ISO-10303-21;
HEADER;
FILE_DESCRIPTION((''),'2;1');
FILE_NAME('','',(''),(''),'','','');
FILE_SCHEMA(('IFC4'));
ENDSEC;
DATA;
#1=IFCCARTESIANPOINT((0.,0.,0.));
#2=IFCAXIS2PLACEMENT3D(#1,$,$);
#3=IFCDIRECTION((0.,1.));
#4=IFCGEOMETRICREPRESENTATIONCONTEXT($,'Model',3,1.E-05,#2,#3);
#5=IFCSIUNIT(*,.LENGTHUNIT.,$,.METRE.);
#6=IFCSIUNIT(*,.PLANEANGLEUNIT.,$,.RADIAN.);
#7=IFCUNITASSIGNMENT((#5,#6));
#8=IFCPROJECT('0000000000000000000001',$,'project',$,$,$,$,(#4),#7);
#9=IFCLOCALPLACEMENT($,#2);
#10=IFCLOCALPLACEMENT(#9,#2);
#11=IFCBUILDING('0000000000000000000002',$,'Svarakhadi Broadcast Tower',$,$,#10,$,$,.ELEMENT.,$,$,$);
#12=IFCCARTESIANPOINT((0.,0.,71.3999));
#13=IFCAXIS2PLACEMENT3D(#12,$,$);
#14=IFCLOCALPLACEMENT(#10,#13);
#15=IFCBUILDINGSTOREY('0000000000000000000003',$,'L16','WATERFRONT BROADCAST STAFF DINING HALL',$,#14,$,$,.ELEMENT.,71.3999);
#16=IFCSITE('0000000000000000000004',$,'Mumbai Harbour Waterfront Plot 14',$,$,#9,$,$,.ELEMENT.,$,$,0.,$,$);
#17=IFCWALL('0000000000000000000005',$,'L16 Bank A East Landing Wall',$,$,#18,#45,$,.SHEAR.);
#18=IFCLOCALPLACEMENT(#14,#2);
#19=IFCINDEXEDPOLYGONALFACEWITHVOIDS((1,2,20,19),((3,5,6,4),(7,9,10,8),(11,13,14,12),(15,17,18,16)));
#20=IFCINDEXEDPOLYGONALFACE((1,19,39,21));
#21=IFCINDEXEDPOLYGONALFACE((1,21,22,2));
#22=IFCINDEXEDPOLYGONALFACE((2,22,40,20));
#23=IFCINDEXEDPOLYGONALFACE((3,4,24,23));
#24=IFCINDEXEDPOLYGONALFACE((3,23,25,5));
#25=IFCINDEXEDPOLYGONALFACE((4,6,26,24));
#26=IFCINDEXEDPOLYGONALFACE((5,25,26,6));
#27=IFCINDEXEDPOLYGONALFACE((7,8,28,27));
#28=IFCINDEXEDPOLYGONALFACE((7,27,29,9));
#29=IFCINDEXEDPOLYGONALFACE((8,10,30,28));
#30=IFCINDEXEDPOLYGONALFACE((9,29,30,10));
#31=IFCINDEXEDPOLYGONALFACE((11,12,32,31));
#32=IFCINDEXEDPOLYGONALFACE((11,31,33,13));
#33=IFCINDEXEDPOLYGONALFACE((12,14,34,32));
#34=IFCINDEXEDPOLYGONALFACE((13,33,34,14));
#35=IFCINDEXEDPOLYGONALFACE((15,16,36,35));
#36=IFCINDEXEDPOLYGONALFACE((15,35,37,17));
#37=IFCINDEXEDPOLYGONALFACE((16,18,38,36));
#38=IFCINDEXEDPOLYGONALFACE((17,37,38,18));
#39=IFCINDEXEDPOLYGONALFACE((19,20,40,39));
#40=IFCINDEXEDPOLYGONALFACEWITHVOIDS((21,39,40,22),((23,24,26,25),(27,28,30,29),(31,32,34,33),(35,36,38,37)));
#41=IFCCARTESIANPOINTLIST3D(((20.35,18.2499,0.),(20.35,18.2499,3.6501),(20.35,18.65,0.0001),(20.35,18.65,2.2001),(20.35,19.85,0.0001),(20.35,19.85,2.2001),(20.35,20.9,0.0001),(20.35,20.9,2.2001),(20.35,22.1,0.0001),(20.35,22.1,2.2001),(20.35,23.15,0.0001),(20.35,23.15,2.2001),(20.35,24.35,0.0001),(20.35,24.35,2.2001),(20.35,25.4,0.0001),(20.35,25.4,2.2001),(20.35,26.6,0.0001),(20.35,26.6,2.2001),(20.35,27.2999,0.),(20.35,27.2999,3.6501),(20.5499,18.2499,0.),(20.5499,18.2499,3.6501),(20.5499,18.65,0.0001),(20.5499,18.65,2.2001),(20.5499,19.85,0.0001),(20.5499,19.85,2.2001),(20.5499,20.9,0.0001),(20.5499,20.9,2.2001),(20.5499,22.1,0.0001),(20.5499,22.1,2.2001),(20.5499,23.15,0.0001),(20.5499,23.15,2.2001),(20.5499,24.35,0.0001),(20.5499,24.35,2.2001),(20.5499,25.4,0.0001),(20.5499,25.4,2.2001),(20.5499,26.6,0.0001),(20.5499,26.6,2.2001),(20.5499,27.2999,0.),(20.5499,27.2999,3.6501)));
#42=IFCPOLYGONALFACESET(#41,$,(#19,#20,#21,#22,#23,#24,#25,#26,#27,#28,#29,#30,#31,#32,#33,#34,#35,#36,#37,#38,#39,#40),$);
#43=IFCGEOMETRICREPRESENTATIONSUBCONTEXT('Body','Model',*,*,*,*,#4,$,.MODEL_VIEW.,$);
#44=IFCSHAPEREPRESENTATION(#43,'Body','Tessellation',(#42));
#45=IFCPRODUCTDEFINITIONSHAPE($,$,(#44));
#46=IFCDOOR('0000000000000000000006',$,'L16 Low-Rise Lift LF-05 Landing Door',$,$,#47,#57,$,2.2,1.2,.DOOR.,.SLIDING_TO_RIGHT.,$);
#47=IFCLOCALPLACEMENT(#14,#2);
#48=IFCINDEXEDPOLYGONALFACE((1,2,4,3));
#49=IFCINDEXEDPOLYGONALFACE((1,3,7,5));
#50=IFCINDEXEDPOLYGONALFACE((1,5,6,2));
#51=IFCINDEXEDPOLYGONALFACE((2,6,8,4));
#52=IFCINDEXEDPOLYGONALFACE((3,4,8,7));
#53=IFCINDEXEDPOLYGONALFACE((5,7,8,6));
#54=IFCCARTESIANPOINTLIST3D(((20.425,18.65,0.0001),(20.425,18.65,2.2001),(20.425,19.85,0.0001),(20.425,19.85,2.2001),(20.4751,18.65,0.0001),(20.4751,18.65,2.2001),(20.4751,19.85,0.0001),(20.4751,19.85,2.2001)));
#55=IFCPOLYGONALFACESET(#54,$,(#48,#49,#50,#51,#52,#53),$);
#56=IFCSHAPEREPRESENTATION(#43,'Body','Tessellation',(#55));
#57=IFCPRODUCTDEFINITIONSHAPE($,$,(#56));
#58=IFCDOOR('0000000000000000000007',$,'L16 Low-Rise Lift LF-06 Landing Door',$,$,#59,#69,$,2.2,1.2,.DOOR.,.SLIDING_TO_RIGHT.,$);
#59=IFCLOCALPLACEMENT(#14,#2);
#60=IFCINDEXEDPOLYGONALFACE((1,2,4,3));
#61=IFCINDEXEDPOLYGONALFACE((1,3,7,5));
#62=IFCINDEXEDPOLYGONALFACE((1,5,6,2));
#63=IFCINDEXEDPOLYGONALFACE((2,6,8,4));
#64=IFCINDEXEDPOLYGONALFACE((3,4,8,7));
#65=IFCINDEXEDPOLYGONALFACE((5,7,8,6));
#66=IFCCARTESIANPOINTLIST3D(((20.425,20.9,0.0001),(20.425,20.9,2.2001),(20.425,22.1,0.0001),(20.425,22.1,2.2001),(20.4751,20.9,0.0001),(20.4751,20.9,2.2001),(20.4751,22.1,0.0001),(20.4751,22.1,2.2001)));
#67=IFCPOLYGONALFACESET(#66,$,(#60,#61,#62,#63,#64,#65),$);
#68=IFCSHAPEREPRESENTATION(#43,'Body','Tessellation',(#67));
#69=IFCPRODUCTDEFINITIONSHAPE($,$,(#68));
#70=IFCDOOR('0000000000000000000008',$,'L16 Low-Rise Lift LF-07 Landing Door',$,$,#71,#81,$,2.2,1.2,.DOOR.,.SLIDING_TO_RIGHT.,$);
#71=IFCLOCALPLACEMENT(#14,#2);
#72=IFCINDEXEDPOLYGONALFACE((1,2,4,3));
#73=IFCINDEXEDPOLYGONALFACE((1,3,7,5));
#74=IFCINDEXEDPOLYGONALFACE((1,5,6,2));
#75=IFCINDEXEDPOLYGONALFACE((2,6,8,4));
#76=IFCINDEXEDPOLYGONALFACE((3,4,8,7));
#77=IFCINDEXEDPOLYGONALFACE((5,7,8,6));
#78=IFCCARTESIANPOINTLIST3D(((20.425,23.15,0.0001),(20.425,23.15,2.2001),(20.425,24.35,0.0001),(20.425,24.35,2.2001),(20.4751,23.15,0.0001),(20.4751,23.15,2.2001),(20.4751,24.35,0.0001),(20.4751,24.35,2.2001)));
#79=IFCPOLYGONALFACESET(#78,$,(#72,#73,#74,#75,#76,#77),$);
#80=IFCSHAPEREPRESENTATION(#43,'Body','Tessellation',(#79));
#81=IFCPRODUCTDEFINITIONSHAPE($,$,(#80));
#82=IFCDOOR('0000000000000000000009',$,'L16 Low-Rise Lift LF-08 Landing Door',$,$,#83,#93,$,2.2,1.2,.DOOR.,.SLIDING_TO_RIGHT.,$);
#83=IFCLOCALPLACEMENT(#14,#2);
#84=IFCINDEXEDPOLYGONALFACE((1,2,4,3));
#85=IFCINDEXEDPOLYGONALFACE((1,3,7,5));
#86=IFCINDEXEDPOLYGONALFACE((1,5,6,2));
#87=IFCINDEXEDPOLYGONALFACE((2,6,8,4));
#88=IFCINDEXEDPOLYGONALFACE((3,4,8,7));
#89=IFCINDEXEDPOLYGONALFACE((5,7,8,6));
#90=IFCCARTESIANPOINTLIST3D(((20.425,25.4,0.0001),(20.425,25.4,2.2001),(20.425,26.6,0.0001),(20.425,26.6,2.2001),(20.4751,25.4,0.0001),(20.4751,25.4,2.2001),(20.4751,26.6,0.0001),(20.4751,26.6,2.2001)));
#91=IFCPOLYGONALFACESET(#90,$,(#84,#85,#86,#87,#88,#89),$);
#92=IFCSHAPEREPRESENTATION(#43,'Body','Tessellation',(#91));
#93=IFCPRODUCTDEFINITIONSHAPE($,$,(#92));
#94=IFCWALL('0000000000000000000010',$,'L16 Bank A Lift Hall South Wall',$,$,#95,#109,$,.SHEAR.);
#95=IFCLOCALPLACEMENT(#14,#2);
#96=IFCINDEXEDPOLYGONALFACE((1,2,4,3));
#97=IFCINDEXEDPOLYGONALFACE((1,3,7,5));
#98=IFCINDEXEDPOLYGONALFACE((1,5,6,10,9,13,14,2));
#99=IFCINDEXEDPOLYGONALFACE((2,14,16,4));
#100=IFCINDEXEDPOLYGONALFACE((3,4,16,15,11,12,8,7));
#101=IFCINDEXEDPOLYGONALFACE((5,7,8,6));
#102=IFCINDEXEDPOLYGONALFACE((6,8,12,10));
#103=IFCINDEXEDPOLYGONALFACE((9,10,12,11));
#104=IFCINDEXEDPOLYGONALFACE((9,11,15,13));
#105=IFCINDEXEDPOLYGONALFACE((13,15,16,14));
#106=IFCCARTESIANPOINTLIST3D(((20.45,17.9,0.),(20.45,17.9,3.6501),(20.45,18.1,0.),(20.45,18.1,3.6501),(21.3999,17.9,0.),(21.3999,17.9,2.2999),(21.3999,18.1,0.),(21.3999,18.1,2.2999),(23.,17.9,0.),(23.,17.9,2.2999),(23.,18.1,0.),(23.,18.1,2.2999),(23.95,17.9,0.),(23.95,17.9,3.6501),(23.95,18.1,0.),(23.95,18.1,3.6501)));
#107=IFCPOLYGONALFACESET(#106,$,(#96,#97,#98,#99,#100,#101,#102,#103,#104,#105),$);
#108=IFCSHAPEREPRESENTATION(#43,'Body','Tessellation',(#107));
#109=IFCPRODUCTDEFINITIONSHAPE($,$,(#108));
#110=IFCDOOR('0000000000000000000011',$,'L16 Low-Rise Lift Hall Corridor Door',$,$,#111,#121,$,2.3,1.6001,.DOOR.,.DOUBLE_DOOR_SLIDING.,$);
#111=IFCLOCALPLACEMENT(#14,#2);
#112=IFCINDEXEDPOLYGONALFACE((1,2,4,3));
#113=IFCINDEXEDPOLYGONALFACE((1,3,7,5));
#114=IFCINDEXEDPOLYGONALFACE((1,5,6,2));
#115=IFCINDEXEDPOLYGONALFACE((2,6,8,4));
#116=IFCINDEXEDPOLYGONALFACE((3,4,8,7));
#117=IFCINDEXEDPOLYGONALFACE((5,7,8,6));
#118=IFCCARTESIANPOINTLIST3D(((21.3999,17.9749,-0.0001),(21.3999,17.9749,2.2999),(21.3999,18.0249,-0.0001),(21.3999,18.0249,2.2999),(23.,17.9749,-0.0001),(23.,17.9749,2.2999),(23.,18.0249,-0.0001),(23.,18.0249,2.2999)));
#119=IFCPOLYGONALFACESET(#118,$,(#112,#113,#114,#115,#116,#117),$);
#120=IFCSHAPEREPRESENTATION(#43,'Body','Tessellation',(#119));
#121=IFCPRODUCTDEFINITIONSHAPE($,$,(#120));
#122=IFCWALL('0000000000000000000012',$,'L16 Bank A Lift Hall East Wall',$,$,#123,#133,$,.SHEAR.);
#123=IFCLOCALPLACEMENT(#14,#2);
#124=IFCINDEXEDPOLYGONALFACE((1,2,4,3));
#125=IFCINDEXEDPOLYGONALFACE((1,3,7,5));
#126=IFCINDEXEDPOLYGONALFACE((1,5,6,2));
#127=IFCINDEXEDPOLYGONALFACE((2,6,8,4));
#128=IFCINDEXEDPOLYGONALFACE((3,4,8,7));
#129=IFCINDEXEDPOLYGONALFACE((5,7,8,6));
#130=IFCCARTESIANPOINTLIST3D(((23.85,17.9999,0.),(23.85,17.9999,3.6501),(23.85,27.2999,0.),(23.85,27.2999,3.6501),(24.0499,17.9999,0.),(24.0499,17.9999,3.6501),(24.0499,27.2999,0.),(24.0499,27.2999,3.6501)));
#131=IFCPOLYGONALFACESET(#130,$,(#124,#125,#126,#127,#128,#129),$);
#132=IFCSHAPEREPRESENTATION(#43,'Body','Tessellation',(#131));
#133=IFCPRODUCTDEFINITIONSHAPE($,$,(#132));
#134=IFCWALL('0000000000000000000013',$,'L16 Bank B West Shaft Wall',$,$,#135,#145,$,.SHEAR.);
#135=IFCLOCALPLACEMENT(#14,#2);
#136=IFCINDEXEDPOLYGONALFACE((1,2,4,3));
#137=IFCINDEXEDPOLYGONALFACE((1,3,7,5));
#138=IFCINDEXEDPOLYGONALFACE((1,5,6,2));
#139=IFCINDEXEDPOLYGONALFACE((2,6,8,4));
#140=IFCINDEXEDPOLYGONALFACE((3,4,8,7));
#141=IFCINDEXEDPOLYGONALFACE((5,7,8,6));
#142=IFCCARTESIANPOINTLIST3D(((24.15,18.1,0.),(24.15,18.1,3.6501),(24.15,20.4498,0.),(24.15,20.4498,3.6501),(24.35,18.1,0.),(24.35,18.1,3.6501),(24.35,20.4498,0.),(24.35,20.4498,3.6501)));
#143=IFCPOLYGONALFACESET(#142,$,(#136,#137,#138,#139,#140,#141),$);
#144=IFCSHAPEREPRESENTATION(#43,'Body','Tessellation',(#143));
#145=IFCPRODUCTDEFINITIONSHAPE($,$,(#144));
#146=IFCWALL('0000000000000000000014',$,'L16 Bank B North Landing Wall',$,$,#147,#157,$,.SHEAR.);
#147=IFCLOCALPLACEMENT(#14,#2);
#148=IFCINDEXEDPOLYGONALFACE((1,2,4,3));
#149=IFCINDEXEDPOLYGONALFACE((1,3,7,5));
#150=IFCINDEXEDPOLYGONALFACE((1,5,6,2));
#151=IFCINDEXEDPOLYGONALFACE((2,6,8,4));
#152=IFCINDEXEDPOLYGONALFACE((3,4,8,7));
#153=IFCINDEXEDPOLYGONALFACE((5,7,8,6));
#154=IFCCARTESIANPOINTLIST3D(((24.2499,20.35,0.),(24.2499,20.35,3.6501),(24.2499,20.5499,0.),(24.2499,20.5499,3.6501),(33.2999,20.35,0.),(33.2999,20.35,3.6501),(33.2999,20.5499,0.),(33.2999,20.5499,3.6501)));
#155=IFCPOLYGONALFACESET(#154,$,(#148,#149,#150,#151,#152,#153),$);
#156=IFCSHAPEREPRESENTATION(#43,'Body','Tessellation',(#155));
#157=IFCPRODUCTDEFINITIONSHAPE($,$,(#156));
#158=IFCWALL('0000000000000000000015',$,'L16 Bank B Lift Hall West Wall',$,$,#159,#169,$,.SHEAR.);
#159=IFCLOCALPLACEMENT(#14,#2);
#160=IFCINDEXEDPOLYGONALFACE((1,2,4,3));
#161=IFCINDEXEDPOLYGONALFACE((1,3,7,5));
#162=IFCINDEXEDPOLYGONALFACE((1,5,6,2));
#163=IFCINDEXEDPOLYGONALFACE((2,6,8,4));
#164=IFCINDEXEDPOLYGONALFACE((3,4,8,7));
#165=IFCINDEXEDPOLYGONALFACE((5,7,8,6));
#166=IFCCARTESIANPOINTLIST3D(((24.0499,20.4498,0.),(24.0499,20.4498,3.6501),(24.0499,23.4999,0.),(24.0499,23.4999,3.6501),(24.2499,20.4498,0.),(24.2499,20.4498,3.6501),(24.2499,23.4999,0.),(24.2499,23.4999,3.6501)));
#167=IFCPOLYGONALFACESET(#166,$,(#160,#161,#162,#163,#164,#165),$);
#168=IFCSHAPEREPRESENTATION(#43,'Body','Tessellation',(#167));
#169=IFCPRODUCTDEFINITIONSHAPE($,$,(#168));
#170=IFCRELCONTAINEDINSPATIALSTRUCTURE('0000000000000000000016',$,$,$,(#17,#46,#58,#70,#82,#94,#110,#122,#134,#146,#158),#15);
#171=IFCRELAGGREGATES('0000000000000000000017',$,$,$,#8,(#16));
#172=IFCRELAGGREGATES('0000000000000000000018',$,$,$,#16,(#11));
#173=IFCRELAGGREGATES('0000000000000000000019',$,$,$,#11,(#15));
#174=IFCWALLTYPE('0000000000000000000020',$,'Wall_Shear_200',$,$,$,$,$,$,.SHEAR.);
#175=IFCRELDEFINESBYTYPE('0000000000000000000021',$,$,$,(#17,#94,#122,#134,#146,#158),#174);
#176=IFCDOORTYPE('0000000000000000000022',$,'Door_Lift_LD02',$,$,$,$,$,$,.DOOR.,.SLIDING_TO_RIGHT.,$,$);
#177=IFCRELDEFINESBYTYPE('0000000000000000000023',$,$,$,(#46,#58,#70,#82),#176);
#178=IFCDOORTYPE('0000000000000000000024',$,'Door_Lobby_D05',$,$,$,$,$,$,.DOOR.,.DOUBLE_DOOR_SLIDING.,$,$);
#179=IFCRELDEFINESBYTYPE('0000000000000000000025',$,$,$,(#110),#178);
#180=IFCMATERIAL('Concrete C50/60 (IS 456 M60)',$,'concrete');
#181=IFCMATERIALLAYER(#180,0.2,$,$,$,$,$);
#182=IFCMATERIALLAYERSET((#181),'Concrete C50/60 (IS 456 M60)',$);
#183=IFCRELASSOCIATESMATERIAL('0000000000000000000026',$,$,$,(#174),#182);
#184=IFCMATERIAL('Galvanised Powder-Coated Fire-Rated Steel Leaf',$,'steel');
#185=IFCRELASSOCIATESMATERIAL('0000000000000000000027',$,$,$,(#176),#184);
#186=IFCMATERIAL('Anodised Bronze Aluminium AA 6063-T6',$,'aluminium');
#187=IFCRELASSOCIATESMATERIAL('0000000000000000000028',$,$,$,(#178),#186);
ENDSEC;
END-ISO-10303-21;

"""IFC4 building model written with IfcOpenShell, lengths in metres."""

from ifc_helpers import new_model, si_unit, direction, frame, frame_2d, origin, place, context, subcontext, project, spatial, rectangle, extrude, material, layer, layer_set, type_object, element, fill, save


model = new_model("IFC4")

# Units and contexts
model_context = context("Model", 3, precision=1e-05, world=origin(), true_north=direction((0.0, 1.0)))
body_context = subcontext(model_context, "Body", "Model", "MODEL_VIEW")
ifc_project = project(units=[si_unit("LENGTHUNIT", "METRE"), si_unit("PLANEANGLEUNIT", "RADIAN")], contexts=[model_context])

# Site, building, storey
site_placement = place(None, origin())
site = spatial("IfcSite", under=ifc_project, at=site_placement, Name="Mumbai Harbour Waterfront Plot 14", CompositionType="ELEMENT", RefElevation=0.0)
building_placement = place(site_placement, origin())
building = spatial("IfcBuilding", under=site, at=building_placement, Name="Svarakhadi Broadcast Tower", CompositionType="ELEMENT")
storey_placement = place(building_placement, frame((0.0, 0.0, 71.3999)))
storey = spatial("IfcBuildingStorey", under=building, at=storey_placement, Name="L16", Description="WATERFRONT BROADCAST STAFF DINING HALL", CompositionType="ELEMENT", Elevation=71.3999)

# Shared definitions
ifc_material_1 = material(Name="Concrete C50/60 (IS 456 M60)", Category="concrete")
ifc_layer_1 = layer(ifc_material_1, 0.2)
ifc_layer_set_1 = layer_set([ifc_layer_1], Name="Concrete C50/60 (IS 456 M60)")
wall_type_1 = type_object("IfcWallType", Name="Wall_Shear_200", PredefinedType="SHEAR", material=ifc_layer_set_1)

# Wall, openings, doors
wall_1_placement = place(storey_placement, frame((20.45, 18.25, 0.0), z_axis=(0.0, 0.0, 1.0), x_axis=(0.0, 1.0, 0.0)))
wall_1 = element("IfcWall", 1, at=wall_1_placement, inside=storey, type_object=wall_type_1, Name="L16 Bank A East Landing Wall", PredefinedType="SHEAR", context=body_context, shape_type="SweptSolid", body=[
    extrude(rectangle(XDim=9.05, YDim=0.2, at=frame_2d((4.5249, 0.0))), origin(), (0.0, 0.0, 1.0), 3.6501),
])
opening_1_placement = place(wall_1_placement, frame((0.3999, 0.0, 0.0)))
opening_1 = element("IfcOpeningElement", 2, at=opening_1_placement, cuts=wall_1, PredefinedType="OPENING", context=body_context, shape_type="SweptSolid", body=[
    extrude(rectangle(XDim=1.2, YDim=2.2, at=frame_2d((0.6001, 1.1001))), frame((0.0, 0.1099, 0.0), z_axis=(0.0, -1.0, 0.0), x_axis=(1.0, 0.0, 0.0)), (0.0, 0.0, 1.0), 0.22),
])
opening_2_placement = place(wall_1_placement, frame((2.6499, 0.0, 0.0)))
opening_2 = element("IfcOpeningElement", 3, at=opening_2_placement, cuts=wall_1, PredefinedType="OPENING", context=body_context, shape_type="SweptSolid", body=[
    extrude(rectangle(XDim=1.2, YDim=2.2, at=frame_2d((0.6001, 1.1001))), frame((0.0, 0.1099, 0.0), z_axis=(0.0, -1.0, 0.0), x_axis=(1.0, 0.0, 0.0)), (0.0, 0.0, 1.0), 0.22),
])
opening_3_placement = place(wall_1_placement, frame((4.8999, 0.0, 0.0)))
opening_3 = element("IfcOpeningElement", 4, at=opening_3_placement, cuts=wall_1, PredefinedType="OPENING", context=body_context, shape_type="SweptSolid", body=[
    extrude(rectangle(XDim=1.2, YDim=2.2, at=frame_2d((0.6001, 1.1001))), frame((0.0, 0.1099, 0.0), z_axis=(0.0, -1.0, 0.0), x_axis=(1.0, 0.0, 0.0)), (0.0, 0.0, 1.0), 0.22),
])
opening_4_placement = place(wall_1_placement, frame((7.1499, 0.0, 0.0)))
opening_4 = element("IfcOpeningElement", 5, at=opening_4_placement, cuts=wall_1, PredefinedType="OPENING", context=body_context, shape_type="SweptSolid", body=[
    extrude(rectangle(XDim=1.2, YDim=2.2, at=frame_2d((0.6001, 1.1001))), frame((0.0, 0.1099, 0.0), z_axis=(0.0, -1.0, 0.0), x_axis=(1.0, 0.0, 0.0)), (0.0, 0.0, 1.0), 0.22),
])
ifc_material_2 = material(Name="Galvanised Powder-Coated Fire-Rated Steel Leaf", Category="steel")
door_type_1 = type_object("IfcDoorType", Name="Door_Lift_LD02", OperationType="SLIDING_TO_RIGHT", PredefinedType="DOOR", material=ifc_material_2)
door_1_placement = place(opening_1_placement, origin())
door_1 = element("IfcDoor", 6, at=door_1_placement, inside=storey, type_object=door_type_1, Name="L16 Low-Rise Lift LF-05 Landing Door", OperationType="SLIDING_TO_RIGHT", OverallHeight=2.2, OverallWidth=1.2, PredefinedType="DOOR", context=body_context, shape_type="SweptSolid", body=[
    extrude(rectangle(XDim=1.2, YDim=2.2, at=frame_2d((0.6001, 1.1001))), frame((0.0, 0.0249, 0.0), z_axis=(0.0, -1.0, 0.0), x_axis=(1.0, 0.0, 0.0)), (0.0, 0.0, 1.0), 0.05),
])
fill(opening_1, door_1)
door_2_placement = place(opening_2_placement, origin())
door_2 = element("IfcDoor", 7, at=door_2_placement, inside=storey, type_object=door_type_1, Name="L16 Low-Rise Lift LF-06 Landing Door", OperationType="SLIDING_TO_RIGHT", OverallHeight=2.2, OverallWidth=1.2, PredefinedType="DOOR", context=body_context, shape_type="SweptSolid", body=[
    extrude(rectangle(XDim=1.2, YDim=2.2, at=frame_2d((0.6001, 1.1001))), frame((0.0, 0.0249, 0.0), z_axis=(0.0, -1.0, 0.0), x_axis=(1.0, 0.0, 0.0)), (0.0, 0.0, 1.0), 0.05),
])
fill(opening_2, door_2)
door_3_placement = place(opening_3_placement, origin())
door_3 = element("IfcDoor", 8, at=door_3_placement, inside=storey, type_object=door_type_1, Name="L16 Low-Rise Lift LF-07 Landing Door", OperationType="SLIDING_TO_RIGHT", OverallHeight=2.2, OverallWidth=1.2, PredefinedType="DOOR", context=body_context, shape_type="SweptSolid", body=[
    extrude(rectangle(XDim=1.2, YDim=2.2, at=frame_2d((0.6001, 1.1001))), frame((0.0, 0.0249, 0.0), z_axis=(0.0, -1.0, 0.0), x_axis=(1.0, 0.0, 0.0)), (0.0, 0.0, 1.0), 0.05),
])
fill(opening_3, door_3)
door_4_placement = place(opening_4_placement, origin())
door_4 = element("IfcDoor", 9, at=door_4_placement, inside=storey, type_object=door_type_1, Name="L16 Low-Rise Lift LF-08 Landing Door", OperationType="SLIDING_TO_RIGHT", OverallHeight=2.2, OverallWidth=1.2, PredefinedType="DOOR", context=body_context, shape_type="SweptSolid", body=[
    extrude(rectangle(XDim=1.2, YDim=2.2, at=frame_2d((0.6001, 1.1001))), frame((0.0, 0.0249, 0.0), z_axis=(0.0, -1.0, 0.0), x_axis=(1.0, 0.0, 0.0)), (0.0, 0.0, 1.0), 0.05),
])
fill(opening_4, door_4)

# Wall, opening, door
wall_2_placement = place(storey_placement, frame((20.45, 18.0, 0.0), z_axis=(0.0, 0.0, 1.0), x_axis=(1.0, 0.0, 0.0)))
wall_2 = element("IfcWall", 10, at=wall_2_placement, inside=storey, type_object=wall_type_1, Name="L16 Bank A Lift Hall South Wall", PredefinedType="SHEAR", context=body_context, shape_type="SweptSolid", body=[
    extrude(rectangle(XDim=3.5, YDim=0.2, at=frame_2d((1.75, 0.0))), origin(), (0.0, 0.0, 1.0), 3.6501),
])
opening_5_placement = place(wall_2_placement, frame((0.95, 0.0, 0.0)))
opening_5 = element("IfcOpeningElement", 11, at=opening_5_placement, cuts=wall_2, PredefinedType="OPENING", context=body_context, shape_type="SweptSolid", body=[
    extrude(rectangle(XDim=1.6001, YDim=2.3, at=frame_2d((0.8, 1.1499))), frame((0.0, 0.1099, 0.0), z_axis=(0.0, -1.0, 0.0), x_axis=(1.0, 0.0, 0.0)), (0.0, 0.0, 1.0), 0.22),
])
ifc_material_3 = material(Name="Anodised Bronze Aluminium AA 6063-T6", Category="aluminium")
door_type_2 = type_object("IfcDoorType", Name="Door_Lobby_D05", OperationType="DOUBLE_DOOR_SLIDING", PredefinedType="DOOR", material=ifc_material_3)
door_5_placement = place(opening_5_placement, origin())
door_5 = element("IfcDoor", 12, at=door_5_placement, inside=storey, type_object=door_type_2, Name="L16 Low-Rise Lift Hall Corridor Door", OperationType="DOUBLE_DOOR_SLIDING", OverallHeight=2.3, OverallWidth=1.6001, PredefinedType="DOOR", context=body_context, shape_type="SweptSolid", body=[
    extrude(rectangle(XDim=1.6001, YDim=2.3, at=frame_2d((0.8, 1.1499))), frame((0.0, 0.0249, 0.0), z_axis=(0.0, -1.0, 0.0), x_axis=(1.0, 0.0, 0.0)), (0.0, 0.0, 1.0), 0.05),
])
fill(opening_5, door_5)

# Walls
wall_3_placement = place(storey_placement, frame((23.95, 18.0, 0.0), z_axis=(0.0, 0.0, 1.0), x_axis=(0.0, 1.0, 0.0)))
element("IfcWall", 13, at=wall_3_placement, inside=storey, type_object=wall_type_1, Name="L16 Bank A Lift Hall East Wall", PredefinedType="SHEAR", context=body_context, shape_type="SweptSolid", body=[
    extrude(rectangle(XDim=9.3, YDim=0.2, at=frame_2d((4.6499, 0.0))), origin(), (0.0, 0.0, 1.0), 3.6501),
])
wall_4_placement = place(storey_placement, frame((24.25, 18.1001, 0.0), z_axis=(0.0, 0.0, 1.0), x_axis=(0.0, 1.0, 0.0)))
element("IfcWall", 14, at=wall_4_placement, inside=storey, type_object=wall_type_1, Name="L16 Bank B West Shaft Wall", PredefinedType="SHEAR", context=body_context, shape_type="SweptSolid", body=[
    extrude(rectangle(XDim=2.3499, YDim=0.2, at=frame_2d((1.1748, 0.0))), origin(), (0.0, 0.0, 1.0), 3.6501),
])
wall_5_placement = place(storey_placement, frame((24.25, 20.45, 0.0), z_axis=(0.0, 0.0, 1.0), x_axis=(1.0, 0.0, 0.0)))
element("IfcWall", 15, at=wall_5_placement, inside=storey, type_object=wall_type_1, Name="L16 Bank B North Landing Wall", PredefinedType="SHEAR", context=body_context, shape_type="SweptSolid", body=[
    extrude(rectangle(XDim=9.05, YDim=0.2, at=frame_2d((4.5249, 0.0))), origin(), (0.0, 0.0, 1.0), 3.6501),
])
wall_6_placement = place(storey_placement, frame((24.1499, 20.45, 0.0), z_axis=(0.0, 0.0, 1.0), x_axis=(0.0, 1.0, 0.0)))
element("IfcWall", 16, at=wall_6_placement, inside=storey, type_object=wall_type_1, Name="L16 Bank B Lift Hall West Wall", PredefinedType="SHEAR", context=body_context, shape_type="SweptSolid", body=[
    extrude(rectangle(XDim=3.05, YDim=0.2, at=frame_2d((1.5249, 0.0))), origin(), (0.0, 0.0, 1.0), 3.6501),
])

save(model, "model.ifc")
